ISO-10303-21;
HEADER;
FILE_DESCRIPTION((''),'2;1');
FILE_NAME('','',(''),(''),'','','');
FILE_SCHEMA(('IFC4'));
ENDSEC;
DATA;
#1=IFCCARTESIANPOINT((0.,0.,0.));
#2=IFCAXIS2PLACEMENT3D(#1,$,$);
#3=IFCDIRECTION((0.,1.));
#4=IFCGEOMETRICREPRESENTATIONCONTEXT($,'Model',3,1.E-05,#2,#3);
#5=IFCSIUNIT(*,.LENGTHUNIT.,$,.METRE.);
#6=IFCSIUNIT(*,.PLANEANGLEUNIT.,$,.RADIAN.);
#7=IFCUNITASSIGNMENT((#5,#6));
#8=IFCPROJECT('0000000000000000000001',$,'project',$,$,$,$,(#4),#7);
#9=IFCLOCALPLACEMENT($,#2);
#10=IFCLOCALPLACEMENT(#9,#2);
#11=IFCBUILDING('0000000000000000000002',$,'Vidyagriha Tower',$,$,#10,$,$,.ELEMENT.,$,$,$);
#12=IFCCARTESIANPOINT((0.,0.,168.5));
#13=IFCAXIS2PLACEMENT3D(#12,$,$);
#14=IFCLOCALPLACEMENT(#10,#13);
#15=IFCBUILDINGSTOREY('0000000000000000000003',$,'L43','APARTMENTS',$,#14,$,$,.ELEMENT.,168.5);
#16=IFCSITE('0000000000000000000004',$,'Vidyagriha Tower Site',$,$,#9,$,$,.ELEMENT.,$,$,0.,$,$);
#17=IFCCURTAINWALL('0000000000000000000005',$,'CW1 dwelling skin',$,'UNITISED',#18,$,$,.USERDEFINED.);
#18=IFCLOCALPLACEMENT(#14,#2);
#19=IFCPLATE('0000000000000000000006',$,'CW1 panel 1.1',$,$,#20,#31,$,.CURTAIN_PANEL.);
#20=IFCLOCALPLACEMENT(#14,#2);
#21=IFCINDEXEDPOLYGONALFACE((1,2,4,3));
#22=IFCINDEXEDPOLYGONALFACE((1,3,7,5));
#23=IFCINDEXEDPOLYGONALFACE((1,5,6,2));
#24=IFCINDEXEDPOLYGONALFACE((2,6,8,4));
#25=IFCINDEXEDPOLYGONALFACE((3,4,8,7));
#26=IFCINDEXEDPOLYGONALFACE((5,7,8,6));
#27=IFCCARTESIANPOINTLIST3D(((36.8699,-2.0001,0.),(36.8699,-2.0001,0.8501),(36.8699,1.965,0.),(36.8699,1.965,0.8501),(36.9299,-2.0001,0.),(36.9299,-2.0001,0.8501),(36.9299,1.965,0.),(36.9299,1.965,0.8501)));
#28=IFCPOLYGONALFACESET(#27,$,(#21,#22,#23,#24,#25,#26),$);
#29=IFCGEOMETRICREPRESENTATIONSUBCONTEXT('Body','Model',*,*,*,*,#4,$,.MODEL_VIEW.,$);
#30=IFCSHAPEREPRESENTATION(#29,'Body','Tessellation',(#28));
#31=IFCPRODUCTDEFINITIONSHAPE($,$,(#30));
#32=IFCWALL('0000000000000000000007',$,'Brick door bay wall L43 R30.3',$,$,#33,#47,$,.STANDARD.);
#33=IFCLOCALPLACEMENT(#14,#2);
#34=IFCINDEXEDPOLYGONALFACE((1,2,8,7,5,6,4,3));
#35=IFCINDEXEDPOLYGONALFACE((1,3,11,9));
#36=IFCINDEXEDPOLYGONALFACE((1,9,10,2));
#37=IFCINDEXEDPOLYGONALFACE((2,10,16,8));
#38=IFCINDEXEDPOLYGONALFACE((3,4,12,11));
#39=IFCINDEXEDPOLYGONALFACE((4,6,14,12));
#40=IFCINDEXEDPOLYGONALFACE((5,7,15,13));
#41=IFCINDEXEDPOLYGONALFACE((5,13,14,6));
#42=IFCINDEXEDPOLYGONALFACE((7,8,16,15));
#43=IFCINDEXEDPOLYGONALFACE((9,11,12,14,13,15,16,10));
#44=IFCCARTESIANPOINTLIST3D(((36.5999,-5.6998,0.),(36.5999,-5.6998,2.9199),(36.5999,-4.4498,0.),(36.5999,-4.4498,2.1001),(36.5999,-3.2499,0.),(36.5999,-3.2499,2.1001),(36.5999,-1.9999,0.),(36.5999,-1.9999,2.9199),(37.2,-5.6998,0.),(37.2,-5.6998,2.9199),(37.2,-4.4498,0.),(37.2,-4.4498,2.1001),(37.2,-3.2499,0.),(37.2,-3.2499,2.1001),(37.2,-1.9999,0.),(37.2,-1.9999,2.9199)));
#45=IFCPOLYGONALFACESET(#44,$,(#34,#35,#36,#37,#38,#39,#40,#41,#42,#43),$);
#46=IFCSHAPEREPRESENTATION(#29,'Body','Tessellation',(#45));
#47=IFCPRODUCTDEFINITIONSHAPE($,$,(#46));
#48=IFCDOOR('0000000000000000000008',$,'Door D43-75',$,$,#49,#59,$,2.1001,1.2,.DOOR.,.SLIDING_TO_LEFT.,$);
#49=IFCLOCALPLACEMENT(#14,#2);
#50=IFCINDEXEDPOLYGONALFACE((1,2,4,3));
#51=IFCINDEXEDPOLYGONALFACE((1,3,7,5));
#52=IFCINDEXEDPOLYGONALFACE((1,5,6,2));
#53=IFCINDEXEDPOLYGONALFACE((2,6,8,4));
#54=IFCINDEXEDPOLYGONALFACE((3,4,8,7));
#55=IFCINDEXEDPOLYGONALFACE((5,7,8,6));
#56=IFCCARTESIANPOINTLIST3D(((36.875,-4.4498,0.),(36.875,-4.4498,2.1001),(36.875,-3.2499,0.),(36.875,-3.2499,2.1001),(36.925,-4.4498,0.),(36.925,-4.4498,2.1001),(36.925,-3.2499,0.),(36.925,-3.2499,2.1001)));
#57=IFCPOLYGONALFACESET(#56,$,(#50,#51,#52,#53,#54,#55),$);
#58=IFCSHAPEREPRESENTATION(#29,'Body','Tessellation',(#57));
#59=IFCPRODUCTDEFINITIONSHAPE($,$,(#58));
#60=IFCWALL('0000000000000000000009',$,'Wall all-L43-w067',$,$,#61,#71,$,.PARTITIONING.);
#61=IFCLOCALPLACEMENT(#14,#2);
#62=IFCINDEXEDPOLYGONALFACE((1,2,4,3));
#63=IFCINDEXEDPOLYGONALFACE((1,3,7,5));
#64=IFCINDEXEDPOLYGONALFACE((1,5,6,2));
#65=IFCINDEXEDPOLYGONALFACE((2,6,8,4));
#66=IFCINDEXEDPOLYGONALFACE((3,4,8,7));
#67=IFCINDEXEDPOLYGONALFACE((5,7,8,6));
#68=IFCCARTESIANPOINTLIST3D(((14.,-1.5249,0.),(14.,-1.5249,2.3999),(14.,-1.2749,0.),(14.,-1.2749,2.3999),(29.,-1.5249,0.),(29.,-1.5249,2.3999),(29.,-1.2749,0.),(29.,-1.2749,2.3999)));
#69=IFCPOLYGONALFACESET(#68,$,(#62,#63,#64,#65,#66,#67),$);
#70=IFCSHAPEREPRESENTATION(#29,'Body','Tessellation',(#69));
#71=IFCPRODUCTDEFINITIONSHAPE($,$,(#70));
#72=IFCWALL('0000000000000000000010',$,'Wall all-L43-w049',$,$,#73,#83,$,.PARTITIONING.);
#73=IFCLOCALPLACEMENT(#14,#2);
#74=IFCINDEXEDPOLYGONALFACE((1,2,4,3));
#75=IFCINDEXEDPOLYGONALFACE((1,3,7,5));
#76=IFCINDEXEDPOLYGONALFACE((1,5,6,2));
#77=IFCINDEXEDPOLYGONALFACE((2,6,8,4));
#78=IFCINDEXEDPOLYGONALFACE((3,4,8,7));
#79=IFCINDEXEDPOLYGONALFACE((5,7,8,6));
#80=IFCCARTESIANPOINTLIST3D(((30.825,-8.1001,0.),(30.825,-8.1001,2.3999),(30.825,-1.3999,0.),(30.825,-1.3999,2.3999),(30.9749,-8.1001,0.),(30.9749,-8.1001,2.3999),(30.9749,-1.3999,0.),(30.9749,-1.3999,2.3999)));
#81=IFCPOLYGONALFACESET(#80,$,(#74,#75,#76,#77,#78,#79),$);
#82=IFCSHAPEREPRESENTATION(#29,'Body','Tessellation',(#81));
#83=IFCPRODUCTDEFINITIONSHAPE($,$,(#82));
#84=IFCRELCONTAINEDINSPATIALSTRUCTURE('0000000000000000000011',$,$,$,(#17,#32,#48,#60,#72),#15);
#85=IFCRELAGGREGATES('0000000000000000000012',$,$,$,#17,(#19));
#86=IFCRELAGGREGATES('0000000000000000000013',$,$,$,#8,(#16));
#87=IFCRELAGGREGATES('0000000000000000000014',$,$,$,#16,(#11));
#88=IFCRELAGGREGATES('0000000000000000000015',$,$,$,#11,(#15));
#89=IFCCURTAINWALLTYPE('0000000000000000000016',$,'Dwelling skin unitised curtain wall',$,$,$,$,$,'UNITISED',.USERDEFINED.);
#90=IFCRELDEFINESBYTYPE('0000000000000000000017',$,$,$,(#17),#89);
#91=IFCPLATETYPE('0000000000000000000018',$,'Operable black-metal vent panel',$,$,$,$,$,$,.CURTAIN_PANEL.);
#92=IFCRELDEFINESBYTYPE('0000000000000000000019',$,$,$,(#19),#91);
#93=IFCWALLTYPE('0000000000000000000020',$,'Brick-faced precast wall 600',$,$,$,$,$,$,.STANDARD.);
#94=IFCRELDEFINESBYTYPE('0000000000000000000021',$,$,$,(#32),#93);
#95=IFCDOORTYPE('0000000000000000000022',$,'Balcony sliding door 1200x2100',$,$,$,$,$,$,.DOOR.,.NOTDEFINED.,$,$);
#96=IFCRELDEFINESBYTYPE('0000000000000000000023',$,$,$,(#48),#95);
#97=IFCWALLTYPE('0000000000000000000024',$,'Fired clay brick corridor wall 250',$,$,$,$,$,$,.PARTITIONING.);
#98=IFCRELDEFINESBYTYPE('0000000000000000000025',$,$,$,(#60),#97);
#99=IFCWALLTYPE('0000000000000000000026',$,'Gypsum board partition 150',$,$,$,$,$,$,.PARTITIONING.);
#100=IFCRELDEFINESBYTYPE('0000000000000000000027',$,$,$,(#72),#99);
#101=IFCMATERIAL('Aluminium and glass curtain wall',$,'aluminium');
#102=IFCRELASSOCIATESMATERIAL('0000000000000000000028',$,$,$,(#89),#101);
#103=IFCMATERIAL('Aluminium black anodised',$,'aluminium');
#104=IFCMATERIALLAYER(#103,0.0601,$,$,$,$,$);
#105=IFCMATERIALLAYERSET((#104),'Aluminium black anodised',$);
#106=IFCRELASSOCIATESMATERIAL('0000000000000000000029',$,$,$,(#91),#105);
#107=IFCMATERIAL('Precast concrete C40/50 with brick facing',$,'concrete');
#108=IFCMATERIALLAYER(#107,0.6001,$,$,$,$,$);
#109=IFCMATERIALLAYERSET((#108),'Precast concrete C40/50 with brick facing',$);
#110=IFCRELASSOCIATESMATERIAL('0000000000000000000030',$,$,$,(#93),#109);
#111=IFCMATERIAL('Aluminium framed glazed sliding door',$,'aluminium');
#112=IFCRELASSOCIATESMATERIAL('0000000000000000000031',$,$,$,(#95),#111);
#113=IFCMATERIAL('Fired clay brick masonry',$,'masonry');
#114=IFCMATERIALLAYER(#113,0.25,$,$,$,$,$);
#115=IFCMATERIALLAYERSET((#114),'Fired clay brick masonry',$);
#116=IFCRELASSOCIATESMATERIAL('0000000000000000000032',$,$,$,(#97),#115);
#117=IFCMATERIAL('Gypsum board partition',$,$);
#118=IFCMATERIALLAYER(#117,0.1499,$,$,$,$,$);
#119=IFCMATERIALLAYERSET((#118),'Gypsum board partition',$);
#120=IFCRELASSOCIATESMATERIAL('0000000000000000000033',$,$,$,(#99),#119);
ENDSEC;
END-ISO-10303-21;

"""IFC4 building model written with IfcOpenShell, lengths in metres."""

from ifc_helpers import new_model, si_unit, direction, frame, frame_2d, origin, origin_2d, place, context, subcontext, project, spatial, rectangle, extrude, material, layer, layer_set, type_object, element, fill, aggregate, save


model = new_model("IFC4")

# Units and contexts
model_context = context("Model", 3, precision=1e-05, world=origin(), true_north=direction((0.0, 1.0)))
body_context = subcontext(model_context, "Body", "Model", "MODEL_VIEW")
ifc_project = project(units=[si_unit("LENGTHUNIT", "METRE"), si_unit("PLANEANGLEUNIT", "RADIAN")], contexts=[model_context])

# Site, building, storey
site_placement = place(None, origin())
site = spatial("IfcSite", under=ifc_project, at=site_placement, Name="Vidyagriha Tower Site", CompositionType="ELEMENT", RefElevation=0.0)
building_placement = place(site_placement, origin())
building = spatial("IfcBuilding", under=site, at=building_placement, Name="Vidyagriha Tower", CompositionType="ELEMENT")
storey_placement = place(building_placement, frame((0.0, 0.0, 168.5)))
storey = spatial("IfcBuildingStorey", under=building, at=storey_placement, Name="L43", Description="APARTMENTS", CompositionType="ELEMENT", Elevation=168.5)

# Shared definitions
ifc_material_1 = material(Name="Aluminium and glass curtain wall", Category="aluminium")
curtain_wall_type = type_object("IfcCurtainWallType", Name="Dwelling skin unitised curtain wall", ElementType="UNITISED", PredefinedType="USERDEFINED", material=ifc_material_1)

# Curtain wall
curtain_wall_1_placement = place(storey_placement, origin())
curtain_wall_1 = element("IfcCurtainWall", 1, at=curtain_wall_1_placement, inside=storey, type_object=curtain_wall_type, Name="CW1 dwelling skin", ObjectType="UNITISED", PredefinedType="USERDEFINED")

# Plate
ifc_material_2 = material(Name="Aluminium black anodised", Category="aluminium")
ifc_layer_1 = layer(ifc_material_2, 0.0601)
ifc_layer_set_1 = layer_set([ifc_layer_1], Name="Aluminium black anodised")
plate_type_1 = type_object("IfcPlateType", Name="Operable black-metal vent panel", PredefinedType="CURTAIN_PANEL", material=ifc_layer_set_1)
plate_1_placement = place(storey_placement, frame((36.8999, -0.0176, 0.0), z_axis=(0.0, 0.0, 1.0), x_axis=(0.0, 1.0, 0.0)))
plate_1 = element("IfcPlate", 2, at=plate_1_placement, type_object=plate_type_1, Name="CW1 panel 1.1", PredefinedType="CURTAIN_PANEL", context=body_context, shape_type="SweptSolid", body=[
    extrude(rectangle(XDim=3.9651, YDim=0.0601, at=origin_2d()), origin(), (0.0, 0.0, 1.0), 0.8501),
])
aggregate(curtain_wall_1, [plate_1])

# Wall, opening, door
ifc_material_3 = material(Name="Precast concrete C40/50 with brick facing", Category="concrete")
ifc_layer_2 = layer(ifc_material_3, 0.6001)
ifc_layer_set_2 = layer_set([ifc_layer_2], Name="Precast concrete C40/50 with brick facing")
wall_type_1 = type_object("IfcWallType", Name="Brick-faced precast wall 600", PredefinedType="STANDARD", material=ifc_layer_set_2)
wall_1_placement = place(storey_placement, frame((36.8999, -5.7, 0.0), z_axis=(0.0, 0.0, 1.0), x_axis=(0.0, 1.0, 0.0)))
wall_1 = element("IfcWall", 3, at=wall_1_placement, inside=storey, type_object=wall_type_1, Name="Brick door bay wall L43 R30.3", PredefinedType="STANDARD", context=body_context, shape_type="SweptSolid", body=[
    extrude(rectangle(XDim=3.7, YDim=0.6001, at=frame_2d((1.8501, 0.0))), origin(), (0.0, 0.0, 1.0), 2.9199),
])
opening_1_placement = place(wall_1_placement, frame((1.25, 0.0, 0.0)))
opening_1 = element("IfcOpeningElement", 4, at=opening_1_placement, cuts=wall_1, PredefinedType="OPENING", context=body_context, shape_type="SweptSolid", body=[
    extrude(rectangle(XDim=1.2, YDim=2.1001, at=frame_2d((0.6001, 1.05))), frame((0.0, 0.3101, 0.0), z_axis=(0.0, -1.0, 0.0), x_axis=(1.0, 0.0, 0.0)), (0.0, 0.0, 1.0), 0.6201),
])
ifc_material_4 = material(Name="Aluminium framed glazed sliding door", Category="aluminium")
door_type_1 = type_object("IfcDoorType", Name="Balcony sliding door 1200x2100", OperationType="NOTDEFINED", PredefinedType="DOOR", material=ifc_material_4)
door_1_placement = place(opening_1_placement, origin())
door_1 = element("IfcDoor", 5, at=door_1_placement, inside=storey, type_object=door_type_1, Name="Door D43-75", OperationType="SLIDING_TO_LEFT", OverallHeight=2.1001, OverallWidth=1.2, PredefinedType="DOOR", context=body_context, shape_type="SweptSolid", body=[
    extrude(rectangle(XDim=1.2, YDim=2.1001, at=frame_2d((0.6001, 1.05))), frame((0.0, 0.0249, 0.0), z_axis=(0.0, -1.0, 0.0), x_axis=(1.0, 0.0, 0.0)), (0.0, 0.0, 1.0), 0.05),
])
fill(opening_1, door_1)

# Walls
ifc_material_5 = material(Name="Fired clay brick masonry", Category="masonry")
ifc_layer_3 = layer(ifc_material_5, 0.25)
ifc_layer_set_3 = layer_set([ifc_layer_3], Name="Fired clay brick masonry")
wall_type_2 = type_object("IfcWallType", Name="Fired clay brick corridor wall 250", PredefinedType="PARTITIONING", material=ifc_layer_set_3)
wall_2_placement = place(storey_placement, frame((29.0, -1.3999, 0.0), z_axis=(0.0, 0.0, 1.0), x_axis=(-1.0, 0.0, 0.0)))
element("IfcWall", 6, at=wall_2_placement, inside=storey, type_object=wall_type_2, Name="Wall all-L43-w067", PredefinedType="PARTITIONING", context=body_context, shape_type="SweptSolid", body=[
    extrude(rectangle(XDim=15.0, YDim=0.25, at=frame_2d((7.5, 0.0))), origin(), (0.0, 0.0, 1.0), 2.3999),
])
ifc_material_6 = material(Name="Gypsum board partition")
ifc_layer_4 = layer(ifc_material_6, 0.1499)
ifc_layer_set_4 = layer_set([ifc_layer_4], Name="Gypsum board partition")
wall_type_3 = type_object("IfcWallType", Name="Gypsum board partition 150", PredefinedType="PARTITIONING", material=ifc_layer_set_4)
wall_3_placement = place(storey_placement, frame((30.8999, -1.3999, 0.0), z_axis=(0.0, 0.0, 1.0), x_axis=(0.0, -1.0, 0.0)))
element("IfcWall", 7, at=wall_3_placement, inside=storey, type_object=wall_type_3, Name="Wall all-L43-w049", PredefinedType="PARTITIONING", context=body_context, shape_type="SweptSolid", body=[
    extrude(rectangle(XDim=6.7002, YDim=0.1499, at=frame_2d((3.3501, 0.0))), origin(), (0.0, 0.0, 1.0), 2.3999),
])

save(model, "model.ifc")
